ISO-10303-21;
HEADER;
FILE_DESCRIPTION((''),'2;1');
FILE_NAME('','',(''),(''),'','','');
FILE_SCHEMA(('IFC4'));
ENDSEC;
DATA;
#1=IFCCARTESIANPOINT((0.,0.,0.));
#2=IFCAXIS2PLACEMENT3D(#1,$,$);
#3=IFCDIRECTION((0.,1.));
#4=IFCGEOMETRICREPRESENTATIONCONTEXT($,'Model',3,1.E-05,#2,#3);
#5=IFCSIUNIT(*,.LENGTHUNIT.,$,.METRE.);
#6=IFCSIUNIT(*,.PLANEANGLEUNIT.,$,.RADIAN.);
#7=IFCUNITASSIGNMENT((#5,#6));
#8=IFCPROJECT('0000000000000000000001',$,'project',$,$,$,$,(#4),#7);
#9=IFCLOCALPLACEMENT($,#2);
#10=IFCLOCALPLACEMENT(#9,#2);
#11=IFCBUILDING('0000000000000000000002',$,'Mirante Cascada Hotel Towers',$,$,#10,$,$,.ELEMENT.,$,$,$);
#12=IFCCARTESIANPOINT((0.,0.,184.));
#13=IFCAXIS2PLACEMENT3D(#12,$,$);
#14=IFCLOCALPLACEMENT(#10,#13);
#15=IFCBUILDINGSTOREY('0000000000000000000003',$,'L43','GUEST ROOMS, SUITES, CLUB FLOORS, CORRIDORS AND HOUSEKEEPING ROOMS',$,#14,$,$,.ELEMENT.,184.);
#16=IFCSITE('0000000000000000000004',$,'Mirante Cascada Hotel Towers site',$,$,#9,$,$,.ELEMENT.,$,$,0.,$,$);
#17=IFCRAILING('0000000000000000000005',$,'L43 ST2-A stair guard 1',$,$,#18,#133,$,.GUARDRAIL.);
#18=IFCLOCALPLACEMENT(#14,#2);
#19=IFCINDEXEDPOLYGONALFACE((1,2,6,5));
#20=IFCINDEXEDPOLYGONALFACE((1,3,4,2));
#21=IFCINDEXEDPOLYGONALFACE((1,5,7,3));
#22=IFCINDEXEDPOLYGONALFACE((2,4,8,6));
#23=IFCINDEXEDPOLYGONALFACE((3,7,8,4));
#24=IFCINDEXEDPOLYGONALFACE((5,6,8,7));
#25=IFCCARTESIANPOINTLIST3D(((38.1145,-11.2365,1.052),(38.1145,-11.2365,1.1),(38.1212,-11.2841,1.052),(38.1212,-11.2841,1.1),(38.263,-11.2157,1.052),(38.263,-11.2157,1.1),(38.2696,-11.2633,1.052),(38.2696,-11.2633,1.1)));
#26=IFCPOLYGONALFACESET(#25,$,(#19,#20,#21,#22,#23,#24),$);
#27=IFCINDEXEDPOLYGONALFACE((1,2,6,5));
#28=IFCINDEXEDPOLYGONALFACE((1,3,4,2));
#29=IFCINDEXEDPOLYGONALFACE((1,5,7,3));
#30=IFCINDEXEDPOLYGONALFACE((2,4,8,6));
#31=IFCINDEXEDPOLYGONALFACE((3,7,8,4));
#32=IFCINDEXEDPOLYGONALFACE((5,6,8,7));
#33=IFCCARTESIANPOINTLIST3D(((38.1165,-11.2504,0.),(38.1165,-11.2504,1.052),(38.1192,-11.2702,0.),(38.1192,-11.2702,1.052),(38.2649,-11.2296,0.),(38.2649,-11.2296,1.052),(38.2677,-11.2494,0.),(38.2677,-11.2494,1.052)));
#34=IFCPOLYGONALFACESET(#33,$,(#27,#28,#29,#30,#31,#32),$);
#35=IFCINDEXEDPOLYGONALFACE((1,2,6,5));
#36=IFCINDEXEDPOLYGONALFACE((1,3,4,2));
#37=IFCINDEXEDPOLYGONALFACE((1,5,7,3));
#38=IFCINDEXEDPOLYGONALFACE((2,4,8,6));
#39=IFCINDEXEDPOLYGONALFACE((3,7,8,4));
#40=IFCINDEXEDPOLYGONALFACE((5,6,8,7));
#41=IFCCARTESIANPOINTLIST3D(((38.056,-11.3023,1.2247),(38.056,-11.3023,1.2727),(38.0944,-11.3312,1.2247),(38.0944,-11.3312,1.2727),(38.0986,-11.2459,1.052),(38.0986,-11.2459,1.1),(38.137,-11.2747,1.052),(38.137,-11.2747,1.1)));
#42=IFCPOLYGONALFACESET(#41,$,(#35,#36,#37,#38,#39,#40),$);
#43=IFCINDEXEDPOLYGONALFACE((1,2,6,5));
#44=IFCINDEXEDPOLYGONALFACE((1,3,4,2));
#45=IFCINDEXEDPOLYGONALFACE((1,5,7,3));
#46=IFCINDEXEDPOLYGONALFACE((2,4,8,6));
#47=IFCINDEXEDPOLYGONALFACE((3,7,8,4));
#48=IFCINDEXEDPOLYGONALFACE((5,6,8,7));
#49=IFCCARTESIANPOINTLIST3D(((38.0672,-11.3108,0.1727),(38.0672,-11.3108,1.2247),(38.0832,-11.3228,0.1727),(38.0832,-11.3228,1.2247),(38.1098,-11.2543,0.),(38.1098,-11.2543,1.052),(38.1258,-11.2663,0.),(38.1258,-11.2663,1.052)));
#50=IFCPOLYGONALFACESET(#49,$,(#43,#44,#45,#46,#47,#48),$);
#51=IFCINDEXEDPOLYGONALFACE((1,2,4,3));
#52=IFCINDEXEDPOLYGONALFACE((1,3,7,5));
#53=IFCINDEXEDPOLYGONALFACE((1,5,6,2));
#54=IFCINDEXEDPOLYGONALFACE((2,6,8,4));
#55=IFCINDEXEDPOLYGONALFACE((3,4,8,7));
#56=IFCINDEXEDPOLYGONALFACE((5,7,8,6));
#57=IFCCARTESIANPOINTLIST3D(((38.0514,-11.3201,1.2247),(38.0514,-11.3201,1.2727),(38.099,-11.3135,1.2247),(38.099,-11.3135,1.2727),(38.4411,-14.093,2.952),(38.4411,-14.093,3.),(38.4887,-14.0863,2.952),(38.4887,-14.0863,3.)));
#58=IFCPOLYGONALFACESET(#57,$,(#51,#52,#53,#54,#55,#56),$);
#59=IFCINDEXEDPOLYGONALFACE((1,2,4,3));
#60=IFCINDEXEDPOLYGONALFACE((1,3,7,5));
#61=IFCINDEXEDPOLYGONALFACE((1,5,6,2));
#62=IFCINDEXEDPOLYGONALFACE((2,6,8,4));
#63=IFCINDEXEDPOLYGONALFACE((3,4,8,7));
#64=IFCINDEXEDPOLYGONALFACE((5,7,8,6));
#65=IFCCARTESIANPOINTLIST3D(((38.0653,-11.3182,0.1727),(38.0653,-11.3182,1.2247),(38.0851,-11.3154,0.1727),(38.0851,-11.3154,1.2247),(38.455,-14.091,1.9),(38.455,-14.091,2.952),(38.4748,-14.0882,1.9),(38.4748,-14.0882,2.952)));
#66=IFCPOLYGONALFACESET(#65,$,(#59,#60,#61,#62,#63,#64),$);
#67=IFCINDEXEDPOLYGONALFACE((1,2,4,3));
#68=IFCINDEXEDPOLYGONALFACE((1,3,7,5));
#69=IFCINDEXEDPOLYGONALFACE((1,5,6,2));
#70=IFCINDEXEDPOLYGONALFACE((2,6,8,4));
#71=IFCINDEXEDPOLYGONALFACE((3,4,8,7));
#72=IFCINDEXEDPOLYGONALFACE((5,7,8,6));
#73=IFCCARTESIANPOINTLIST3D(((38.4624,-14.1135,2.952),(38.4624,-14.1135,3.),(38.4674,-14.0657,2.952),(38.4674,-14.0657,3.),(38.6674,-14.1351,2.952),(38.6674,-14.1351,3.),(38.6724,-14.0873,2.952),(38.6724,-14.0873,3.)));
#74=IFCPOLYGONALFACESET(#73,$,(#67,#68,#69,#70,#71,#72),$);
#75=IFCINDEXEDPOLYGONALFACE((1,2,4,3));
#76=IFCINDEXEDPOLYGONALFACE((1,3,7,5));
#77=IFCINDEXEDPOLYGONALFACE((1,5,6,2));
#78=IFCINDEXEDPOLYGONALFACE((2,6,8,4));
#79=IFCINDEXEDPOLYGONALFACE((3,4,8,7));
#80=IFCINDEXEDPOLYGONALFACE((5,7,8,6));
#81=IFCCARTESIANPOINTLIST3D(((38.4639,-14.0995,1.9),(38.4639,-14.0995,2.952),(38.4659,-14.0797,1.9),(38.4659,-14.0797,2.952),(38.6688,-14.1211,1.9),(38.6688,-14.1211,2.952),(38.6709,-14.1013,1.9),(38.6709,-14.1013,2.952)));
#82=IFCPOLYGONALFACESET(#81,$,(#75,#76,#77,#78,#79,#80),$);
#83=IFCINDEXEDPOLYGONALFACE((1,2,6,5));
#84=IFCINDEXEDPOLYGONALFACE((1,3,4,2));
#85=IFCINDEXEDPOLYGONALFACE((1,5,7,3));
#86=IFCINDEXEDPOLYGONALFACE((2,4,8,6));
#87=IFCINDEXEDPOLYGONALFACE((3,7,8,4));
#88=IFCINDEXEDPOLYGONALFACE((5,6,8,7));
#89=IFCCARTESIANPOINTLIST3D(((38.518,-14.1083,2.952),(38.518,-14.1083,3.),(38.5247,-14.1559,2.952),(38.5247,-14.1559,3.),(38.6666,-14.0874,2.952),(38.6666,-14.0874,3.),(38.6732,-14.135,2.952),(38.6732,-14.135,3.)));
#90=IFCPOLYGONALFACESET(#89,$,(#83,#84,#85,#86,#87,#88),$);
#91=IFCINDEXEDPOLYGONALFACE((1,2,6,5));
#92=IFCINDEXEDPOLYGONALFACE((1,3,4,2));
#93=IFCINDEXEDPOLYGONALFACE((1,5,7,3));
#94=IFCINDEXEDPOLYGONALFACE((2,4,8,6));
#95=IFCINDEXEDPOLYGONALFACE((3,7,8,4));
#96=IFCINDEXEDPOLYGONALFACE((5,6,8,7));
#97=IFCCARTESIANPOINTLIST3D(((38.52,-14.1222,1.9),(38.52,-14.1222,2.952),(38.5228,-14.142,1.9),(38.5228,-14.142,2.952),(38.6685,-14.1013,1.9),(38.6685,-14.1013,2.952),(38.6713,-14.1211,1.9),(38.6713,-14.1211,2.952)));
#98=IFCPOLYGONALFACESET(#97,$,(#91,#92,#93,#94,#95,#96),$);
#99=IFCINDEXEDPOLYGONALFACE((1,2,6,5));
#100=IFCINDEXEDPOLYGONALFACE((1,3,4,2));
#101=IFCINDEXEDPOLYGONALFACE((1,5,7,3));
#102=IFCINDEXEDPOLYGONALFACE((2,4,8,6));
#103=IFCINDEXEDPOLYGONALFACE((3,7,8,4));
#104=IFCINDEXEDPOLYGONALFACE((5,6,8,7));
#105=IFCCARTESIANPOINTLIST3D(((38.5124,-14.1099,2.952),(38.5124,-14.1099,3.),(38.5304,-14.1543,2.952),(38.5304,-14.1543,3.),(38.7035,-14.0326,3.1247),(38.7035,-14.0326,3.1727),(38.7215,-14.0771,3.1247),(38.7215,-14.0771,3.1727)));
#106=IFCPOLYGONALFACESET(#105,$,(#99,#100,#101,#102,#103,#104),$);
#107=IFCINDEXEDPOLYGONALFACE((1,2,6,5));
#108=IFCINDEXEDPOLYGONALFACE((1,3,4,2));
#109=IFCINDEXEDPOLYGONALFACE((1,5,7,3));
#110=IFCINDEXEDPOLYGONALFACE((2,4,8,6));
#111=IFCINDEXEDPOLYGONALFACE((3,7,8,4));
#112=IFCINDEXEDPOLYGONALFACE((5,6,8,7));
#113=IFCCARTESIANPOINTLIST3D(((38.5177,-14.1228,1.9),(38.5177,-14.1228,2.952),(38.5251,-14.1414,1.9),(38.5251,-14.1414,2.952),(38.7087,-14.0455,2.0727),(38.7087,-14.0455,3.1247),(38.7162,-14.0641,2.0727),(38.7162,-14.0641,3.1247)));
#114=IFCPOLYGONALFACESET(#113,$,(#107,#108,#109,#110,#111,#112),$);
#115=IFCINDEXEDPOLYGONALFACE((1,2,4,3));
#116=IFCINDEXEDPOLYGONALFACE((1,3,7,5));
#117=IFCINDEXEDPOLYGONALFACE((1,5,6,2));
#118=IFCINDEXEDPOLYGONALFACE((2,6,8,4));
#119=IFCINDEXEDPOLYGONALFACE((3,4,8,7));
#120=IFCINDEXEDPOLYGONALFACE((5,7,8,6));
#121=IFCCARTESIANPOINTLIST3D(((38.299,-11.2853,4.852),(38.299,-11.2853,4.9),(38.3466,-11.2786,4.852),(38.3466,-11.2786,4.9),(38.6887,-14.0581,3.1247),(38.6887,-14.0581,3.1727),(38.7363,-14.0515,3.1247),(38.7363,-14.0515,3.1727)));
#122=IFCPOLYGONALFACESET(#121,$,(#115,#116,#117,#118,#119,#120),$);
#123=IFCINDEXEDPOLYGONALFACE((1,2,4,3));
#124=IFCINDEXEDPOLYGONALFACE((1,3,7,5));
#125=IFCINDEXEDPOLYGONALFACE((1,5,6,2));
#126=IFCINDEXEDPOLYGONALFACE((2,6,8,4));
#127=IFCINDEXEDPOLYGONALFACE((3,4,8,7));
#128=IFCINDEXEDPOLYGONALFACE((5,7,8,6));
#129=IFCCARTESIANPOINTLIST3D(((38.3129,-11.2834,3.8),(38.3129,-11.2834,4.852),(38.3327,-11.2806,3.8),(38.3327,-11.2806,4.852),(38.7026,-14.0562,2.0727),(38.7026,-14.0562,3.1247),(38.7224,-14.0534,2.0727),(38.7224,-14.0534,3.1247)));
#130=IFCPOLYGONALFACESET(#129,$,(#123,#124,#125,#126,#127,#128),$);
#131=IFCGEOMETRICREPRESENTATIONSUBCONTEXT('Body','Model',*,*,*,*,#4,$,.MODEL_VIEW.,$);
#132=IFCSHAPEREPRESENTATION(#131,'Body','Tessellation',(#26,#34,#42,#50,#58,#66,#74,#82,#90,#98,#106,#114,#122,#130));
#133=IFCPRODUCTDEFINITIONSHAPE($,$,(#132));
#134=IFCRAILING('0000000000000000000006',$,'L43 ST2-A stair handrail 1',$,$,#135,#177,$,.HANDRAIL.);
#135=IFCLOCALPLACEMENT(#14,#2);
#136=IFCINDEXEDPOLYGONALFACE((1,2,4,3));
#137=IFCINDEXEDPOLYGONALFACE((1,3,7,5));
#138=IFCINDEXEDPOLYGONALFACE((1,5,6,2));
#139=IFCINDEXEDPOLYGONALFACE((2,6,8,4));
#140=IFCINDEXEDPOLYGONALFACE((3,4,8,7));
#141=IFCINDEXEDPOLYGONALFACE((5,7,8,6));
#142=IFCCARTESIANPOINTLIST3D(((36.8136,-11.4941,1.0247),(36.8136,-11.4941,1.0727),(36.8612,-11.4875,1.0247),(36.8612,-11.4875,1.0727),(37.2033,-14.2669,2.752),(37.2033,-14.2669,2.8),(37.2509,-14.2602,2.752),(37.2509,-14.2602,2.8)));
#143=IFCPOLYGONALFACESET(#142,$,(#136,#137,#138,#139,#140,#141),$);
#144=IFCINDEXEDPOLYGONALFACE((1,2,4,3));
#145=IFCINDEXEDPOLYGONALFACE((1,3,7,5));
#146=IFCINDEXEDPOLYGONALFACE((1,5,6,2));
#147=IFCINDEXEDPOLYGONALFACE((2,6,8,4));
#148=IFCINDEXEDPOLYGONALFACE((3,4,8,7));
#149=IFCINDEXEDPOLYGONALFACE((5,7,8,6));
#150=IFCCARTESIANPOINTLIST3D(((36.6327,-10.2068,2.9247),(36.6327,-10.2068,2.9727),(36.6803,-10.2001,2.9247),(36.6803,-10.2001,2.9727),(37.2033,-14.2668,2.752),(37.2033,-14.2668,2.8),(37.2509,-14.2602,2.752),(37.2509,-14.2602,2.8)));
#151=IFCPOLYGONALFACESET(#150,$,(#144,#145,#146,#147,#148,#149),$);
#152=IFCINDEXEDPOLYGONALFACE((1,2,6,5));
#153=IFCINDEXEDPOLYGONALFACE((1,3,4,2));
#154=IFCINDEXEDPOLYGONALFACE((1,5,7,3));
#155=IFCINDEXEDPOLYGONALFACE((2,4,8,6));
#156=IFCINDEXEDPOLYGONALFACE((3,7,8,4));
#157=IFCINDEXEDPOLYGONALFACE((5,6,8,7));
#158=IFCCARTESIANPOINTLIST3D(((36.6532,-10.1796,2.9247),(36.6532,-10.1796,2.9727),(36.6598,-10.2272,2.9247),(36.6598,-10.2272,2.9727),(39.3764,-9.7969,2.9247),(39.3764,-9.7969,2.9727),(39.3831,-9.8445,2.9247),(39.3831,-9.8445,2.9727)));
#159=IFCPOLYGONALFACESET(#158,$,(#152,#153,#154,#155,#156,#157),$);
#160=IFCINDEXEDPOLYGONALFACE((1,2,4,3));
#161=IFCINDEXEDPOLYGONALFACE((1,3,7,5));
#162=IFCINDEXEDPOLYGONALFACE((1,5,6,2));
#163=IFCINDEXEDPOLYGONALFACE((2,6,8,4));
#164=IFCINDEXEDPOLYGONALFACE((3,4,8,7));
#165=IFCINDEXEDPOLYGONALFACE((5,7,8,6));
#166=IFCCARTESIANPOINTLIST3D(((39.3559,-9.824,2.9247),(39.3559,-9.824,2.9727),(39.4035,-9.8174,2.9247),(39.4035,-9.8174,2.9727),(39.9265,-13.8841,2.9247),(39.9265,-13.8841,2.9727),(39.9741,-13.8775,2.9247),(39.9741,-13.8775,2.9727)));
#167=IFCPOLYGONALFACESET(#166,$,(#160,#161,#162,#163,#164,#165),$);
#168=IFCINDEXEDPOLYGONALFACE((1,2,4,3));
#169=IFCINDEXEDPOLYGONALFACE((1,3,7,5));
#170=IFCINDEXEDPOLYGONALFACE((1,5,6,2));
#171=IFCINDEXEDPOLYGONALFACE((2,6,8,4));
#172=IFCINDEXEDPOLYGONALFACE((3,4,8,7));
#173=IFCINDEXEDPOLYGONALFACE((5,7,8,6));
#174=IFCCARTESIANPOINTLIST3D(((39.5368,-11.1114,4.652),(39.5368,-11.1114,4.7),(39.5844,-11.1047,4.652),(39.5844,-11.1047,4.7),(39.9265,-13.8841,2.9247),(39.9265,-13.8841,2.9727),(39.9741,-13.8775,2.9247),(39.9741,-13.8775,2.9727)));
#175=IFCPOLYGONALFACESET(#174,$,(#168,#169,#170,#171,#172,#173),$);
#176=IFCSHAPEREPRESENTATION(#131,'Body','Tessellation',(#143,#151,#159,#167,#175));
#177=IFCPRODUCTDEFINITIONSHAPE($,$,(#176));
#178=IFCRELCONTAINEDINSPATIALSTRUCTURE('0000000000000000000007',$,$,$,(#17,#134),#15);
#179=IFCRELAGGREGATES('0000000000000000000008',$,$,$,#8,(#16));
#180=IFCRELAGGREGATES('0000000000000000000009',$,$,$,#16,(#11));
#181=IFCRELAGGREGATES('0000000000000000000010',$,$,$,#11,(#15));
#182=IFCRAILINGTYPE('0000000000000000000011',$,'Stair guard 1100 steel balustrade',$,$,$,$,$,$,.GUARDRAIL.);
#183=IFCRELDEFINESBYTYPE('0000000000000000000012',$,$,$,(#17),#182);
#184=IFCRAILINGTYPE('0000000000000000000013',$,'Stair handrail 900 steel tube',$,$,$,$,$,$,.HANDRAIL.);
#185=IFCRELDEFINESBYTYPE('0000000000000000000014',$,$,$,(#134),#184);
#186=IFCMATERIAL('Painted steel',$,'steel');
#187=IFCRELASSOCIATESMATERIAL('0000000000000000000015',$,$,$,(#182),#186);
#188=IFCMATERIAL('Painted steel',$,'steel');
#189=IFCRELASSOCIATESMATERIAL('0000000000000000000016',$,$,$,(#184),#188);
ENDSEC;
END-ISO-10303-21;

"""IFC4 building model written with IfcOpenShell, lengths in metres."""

from ifc_helpers import new_model, si_unit, direction, frame, origin, origin_2d, place, context, subcontext, project, spatial, rectangle, extrude, material, type_object, element, save


model = new_model("IFC4")

# Units and contexts
model_context = context("Model", 3, precision=1e-05, world=origin(), true_north=direction((0.0, 1.0)))
body_context = subcontext(model_context, "Body", "Model", "MODEL_VIEW")
ifc_project = project(units=[si_unit("LENGTHUNIT", "METRE"), si_unit("PLANEANGLEUNIT", "RADIAN")], contexts=[model_context])

# Site, building, storey
site_placement = place(None, origin())
site = spatial("IfcSite", under=ifc_project, at=site_placement, Name="Mirante Cascada Hotel Towers site", CompositionType="ELEMENT", RefElevation=0.0)
building_placement = place(site_placement, origin())
building = spatial("IfcBuilding", under=site, at=building_placement, Name="Mirante Cascada Hotel Towers", CompositionType="ELEMENT")
storey_placement = place(building_placement, frame((0.0, 0.0, 184.0)))
storey = spatial("IfcBuildingStorey", under=building, at=storey_placement, Name="L43", Description="GUEST ROOMS, SUITES, CLUB FLOORS, CORRIDORS AND HOUSEKEEPING ROOMS", CompositionType="ELEMENT", Elevation=184.0)

# Railings
ifc_material_1 = material(Name="Painted steel", Category="steel")
railing_type_1 = type_object("IfcRailingType", Name="Stair guard 1100 steel balustrade", PredefinedType="GUARDRAIL", material=ifc_material_1)
railing_1_placement = place(storey_placement, frame((38.2663, -11.2395, 0.0)))
element("IfcRailing", 1, at=railing_1_placement, inside=storey, type_object=railing_type_1, Name="L43 ST2-A stair guard 1", PredefinedType="GUARDRAIL", context=body_context, shape_type="SweptSolid", body=[
    extrude(rectangle(XDim=0.048, YDim=0.048, at=origin_2d()), frame((0.0, 0.0, 1.076), z_axis=(-0.990333, -0.138713, 0.0), x_axis=(0.138713, -0.990333, 0.0)), (0.0, 0.0, 1.0), 0.1499),
    extrude(rectangle(XDim=0.02, YDim=1.052, at=origin_2d()), frame((0.0, 0.0, 0.526), z_axis=(-0.990333, -0.138713, 0.0), x_axis=(0.138713, -0.990333, 0.0)), (0.0, 0.0, 1.0), 0.1499),
    extrude(rectangle(XDim=0.048, YDim=0.048, at=origin_2d()), frame((-0.1485, -0.0208, 1.076), z_axis=(-0.602033, -0.798471, 0.0), x_axis=(0.798471, -0.602033, 0.0)), (0.0, 0.92534, 0.379139), 0.1866),
    extrude(rectangle(XDim=0.02, YDim=1.052, at=origin_2d()), frame((-0.1485, -0.0208, 0.526), z_axis=(-0.602033, -0.798471, 0.0), x_axis=(0.798471, -0.602033, 0.0)), (0.0, 0.92534, 0.379139), 0.1866),
    extrude(rectangle(XDim=0.048, YDim=0.048, at=origin_2d()), frame((-0.1911, -0.0773, 1.2487), z_axis=(0.139176, -0.990268, 0.0), x_axis=(0.990268, 0.139176, 0.0)), (0.0, 0.525021, 0.851089), 3.29),
    extrude(rectangle(XDim=0.02, YDim=1.052, at=origin_2d()), frame((-0.1911, -0.0773, 0.6987), z_axis=(0.139176, -0.990268, 0.0), x_axis=(0.990268, 0.139176, 0.0)), (0.0, 0.525021, 0.851089), 3.29),
    extrude(rectangle(XDim=0.048, YDim=0.048, at=origin_2d()), frame((0.1986, -2.8501, 2.976), z_axis=(0.994495, -0.104786, 0.0), x_axis=(0.104786, 0.994495, 0.0)), (0.0, 0.0, 1.0), 0.2061),
    extrude(rectangle(XDim=0.02, YDim=1.052, at=origin_2d()), frame((0.1986, -2.8501, 2.426), z_axis=(0.994495, -0.104786, 0.0), x_axis=(0.104786, 0.994495, 0.0)), (0.0, 0.0, 1.0), 0.2061),
    extrude(rectangle(XDim=0.048, YDim=0.048, at=origin_2d()), frame((0.4036, -2.8717, 2.976), z_axis=(-0.990241, -0.139367, 0.0), x_axis=(0.139367, -0.990241, 0.0)), (0.0, 0.0, 1.0), 0.15),
    extrude(rectangle(XDim=0.02, YDim=1.052, at=origin_2d()), frame((0.4036, -2.8717, 2.426), z_axis=(-0.990241, -0.139367, 0.0), x_axis=(0.139367, -0.990241, 0.0)), (0.0, 0.0, 1.0), 0.15),
    extrude(rectangle(XDim=0.048, YDim=0.048, at=origin_2d()), frame((0.2551, -2.8926, 2.976), z_axis=(0.927031, 0.374984, 0.0), x_axis=(-0.374984, 0.927031, 0.0)), (0.0, 0.64219, 0.766545), 0.2689),
    extrude(rectangle(XDim=0.02, YDim=1.052, at=origin_2d()), frame((0.2551, -2.8926, 2.426), z_axis=(0.927031, 0.374984, 0.0), x_axis=(-0.374984, 0.927031, 0.0)), (0.0, 0.64219, 0.766545), 0.2689),
    extrude(rectangle(XDim=0.048, YDim=0.048, at=origin_2d()), frame((0.4462, -2.8153, 3.1487), z_axis=(-0.139176, 0.990268, 0.0), x_axis=(-0.990268, -0.139176, 0.0)), (0.0, 0.525021, 0.851089), 3.29),
    extrude(rectangle(XDim=0.02, YDim=1.052, at=origin_2d()), frame((0.4462, -2.8153, 2.5987), z_axis=(-0.139176, 0.990268, 0.0), x_axis=(-0.990268, -0.139176, 0.0)), (0.0, 0.525021, 0.851089), 3.29),
])
ifc_material_2 = material(Name="Painted steel", Category="steel")
railing_type_2 = type_object("IfcRailingType", Name="Stair handrail 900 steel tube", PredefinedType="HANDRAIL", material=ifc_material_2)
railing_2_placement = place(storey_placement, frame((36.8374, -11.4908, 0.1727)))
element("IfcRailing", 2, at=railing_2_placement, inside=storey, type_object=railing_type_2, Name="L43 ST2-A stair handrail 1", PredefinedType="HANDRAIL", context=body_context, shape_type="SweptSolid", body=[
    extrude(rectangle(XDim=0.048, YDim=0.048, at=origin_2d()), frame((0.0, 0.0, 0.876), z_axis=(0.139181, -0.990267, 0.0), x_axis=(0.990267, 0.139181, 0.0)), (0.0, 0.525035, 0.851081), 3.2899),
    extrude(rectangle(XDim=0.048, YDim=0.048, at=origin_2d()), frame((0.3897, -2.7727, 2.6033), z_axis=(-0.139171, 0.990268, 0.0), x_axis=(-0.990268, -0.139171, 0.0)), (0.0, 0.042085, 0.999114), 4.1036),
    extrude(rectangle(XDim=0.048, YDim=0.048, at=origin_2d()), frame((-0.1809, 1.2874, 2.776), z_axis=(0.990269, 0.139166, 0.0), x_axis=(-0.139166, 0.990269, 0.0)), (0.0, 0.0, 1.0), 2.75),
    extrude(rectangle(XDim=0.048, YDim=0.048, at=origin_2d()), frame((2.5423, 1.6701, 2.776), z_axis=(0.139171, -0.990268, 0.0), x_axis=(0.990268, 0.139171, 0.0)), (0.0, 0.0, 1.0), 4.1),
    extrude(rectangle(XDim=0.048, YDim=0.048, at=origin_2d()), frame((3.1129, -2.39, 2.776), z_axis=(-0.139181, 0.990267, 0.0), x_axis=(-0.990267, -0.139181, 0.0)), (0.0, 0.525035, 0.851081), 3.2899),
])

save(model, "model.ifc")
